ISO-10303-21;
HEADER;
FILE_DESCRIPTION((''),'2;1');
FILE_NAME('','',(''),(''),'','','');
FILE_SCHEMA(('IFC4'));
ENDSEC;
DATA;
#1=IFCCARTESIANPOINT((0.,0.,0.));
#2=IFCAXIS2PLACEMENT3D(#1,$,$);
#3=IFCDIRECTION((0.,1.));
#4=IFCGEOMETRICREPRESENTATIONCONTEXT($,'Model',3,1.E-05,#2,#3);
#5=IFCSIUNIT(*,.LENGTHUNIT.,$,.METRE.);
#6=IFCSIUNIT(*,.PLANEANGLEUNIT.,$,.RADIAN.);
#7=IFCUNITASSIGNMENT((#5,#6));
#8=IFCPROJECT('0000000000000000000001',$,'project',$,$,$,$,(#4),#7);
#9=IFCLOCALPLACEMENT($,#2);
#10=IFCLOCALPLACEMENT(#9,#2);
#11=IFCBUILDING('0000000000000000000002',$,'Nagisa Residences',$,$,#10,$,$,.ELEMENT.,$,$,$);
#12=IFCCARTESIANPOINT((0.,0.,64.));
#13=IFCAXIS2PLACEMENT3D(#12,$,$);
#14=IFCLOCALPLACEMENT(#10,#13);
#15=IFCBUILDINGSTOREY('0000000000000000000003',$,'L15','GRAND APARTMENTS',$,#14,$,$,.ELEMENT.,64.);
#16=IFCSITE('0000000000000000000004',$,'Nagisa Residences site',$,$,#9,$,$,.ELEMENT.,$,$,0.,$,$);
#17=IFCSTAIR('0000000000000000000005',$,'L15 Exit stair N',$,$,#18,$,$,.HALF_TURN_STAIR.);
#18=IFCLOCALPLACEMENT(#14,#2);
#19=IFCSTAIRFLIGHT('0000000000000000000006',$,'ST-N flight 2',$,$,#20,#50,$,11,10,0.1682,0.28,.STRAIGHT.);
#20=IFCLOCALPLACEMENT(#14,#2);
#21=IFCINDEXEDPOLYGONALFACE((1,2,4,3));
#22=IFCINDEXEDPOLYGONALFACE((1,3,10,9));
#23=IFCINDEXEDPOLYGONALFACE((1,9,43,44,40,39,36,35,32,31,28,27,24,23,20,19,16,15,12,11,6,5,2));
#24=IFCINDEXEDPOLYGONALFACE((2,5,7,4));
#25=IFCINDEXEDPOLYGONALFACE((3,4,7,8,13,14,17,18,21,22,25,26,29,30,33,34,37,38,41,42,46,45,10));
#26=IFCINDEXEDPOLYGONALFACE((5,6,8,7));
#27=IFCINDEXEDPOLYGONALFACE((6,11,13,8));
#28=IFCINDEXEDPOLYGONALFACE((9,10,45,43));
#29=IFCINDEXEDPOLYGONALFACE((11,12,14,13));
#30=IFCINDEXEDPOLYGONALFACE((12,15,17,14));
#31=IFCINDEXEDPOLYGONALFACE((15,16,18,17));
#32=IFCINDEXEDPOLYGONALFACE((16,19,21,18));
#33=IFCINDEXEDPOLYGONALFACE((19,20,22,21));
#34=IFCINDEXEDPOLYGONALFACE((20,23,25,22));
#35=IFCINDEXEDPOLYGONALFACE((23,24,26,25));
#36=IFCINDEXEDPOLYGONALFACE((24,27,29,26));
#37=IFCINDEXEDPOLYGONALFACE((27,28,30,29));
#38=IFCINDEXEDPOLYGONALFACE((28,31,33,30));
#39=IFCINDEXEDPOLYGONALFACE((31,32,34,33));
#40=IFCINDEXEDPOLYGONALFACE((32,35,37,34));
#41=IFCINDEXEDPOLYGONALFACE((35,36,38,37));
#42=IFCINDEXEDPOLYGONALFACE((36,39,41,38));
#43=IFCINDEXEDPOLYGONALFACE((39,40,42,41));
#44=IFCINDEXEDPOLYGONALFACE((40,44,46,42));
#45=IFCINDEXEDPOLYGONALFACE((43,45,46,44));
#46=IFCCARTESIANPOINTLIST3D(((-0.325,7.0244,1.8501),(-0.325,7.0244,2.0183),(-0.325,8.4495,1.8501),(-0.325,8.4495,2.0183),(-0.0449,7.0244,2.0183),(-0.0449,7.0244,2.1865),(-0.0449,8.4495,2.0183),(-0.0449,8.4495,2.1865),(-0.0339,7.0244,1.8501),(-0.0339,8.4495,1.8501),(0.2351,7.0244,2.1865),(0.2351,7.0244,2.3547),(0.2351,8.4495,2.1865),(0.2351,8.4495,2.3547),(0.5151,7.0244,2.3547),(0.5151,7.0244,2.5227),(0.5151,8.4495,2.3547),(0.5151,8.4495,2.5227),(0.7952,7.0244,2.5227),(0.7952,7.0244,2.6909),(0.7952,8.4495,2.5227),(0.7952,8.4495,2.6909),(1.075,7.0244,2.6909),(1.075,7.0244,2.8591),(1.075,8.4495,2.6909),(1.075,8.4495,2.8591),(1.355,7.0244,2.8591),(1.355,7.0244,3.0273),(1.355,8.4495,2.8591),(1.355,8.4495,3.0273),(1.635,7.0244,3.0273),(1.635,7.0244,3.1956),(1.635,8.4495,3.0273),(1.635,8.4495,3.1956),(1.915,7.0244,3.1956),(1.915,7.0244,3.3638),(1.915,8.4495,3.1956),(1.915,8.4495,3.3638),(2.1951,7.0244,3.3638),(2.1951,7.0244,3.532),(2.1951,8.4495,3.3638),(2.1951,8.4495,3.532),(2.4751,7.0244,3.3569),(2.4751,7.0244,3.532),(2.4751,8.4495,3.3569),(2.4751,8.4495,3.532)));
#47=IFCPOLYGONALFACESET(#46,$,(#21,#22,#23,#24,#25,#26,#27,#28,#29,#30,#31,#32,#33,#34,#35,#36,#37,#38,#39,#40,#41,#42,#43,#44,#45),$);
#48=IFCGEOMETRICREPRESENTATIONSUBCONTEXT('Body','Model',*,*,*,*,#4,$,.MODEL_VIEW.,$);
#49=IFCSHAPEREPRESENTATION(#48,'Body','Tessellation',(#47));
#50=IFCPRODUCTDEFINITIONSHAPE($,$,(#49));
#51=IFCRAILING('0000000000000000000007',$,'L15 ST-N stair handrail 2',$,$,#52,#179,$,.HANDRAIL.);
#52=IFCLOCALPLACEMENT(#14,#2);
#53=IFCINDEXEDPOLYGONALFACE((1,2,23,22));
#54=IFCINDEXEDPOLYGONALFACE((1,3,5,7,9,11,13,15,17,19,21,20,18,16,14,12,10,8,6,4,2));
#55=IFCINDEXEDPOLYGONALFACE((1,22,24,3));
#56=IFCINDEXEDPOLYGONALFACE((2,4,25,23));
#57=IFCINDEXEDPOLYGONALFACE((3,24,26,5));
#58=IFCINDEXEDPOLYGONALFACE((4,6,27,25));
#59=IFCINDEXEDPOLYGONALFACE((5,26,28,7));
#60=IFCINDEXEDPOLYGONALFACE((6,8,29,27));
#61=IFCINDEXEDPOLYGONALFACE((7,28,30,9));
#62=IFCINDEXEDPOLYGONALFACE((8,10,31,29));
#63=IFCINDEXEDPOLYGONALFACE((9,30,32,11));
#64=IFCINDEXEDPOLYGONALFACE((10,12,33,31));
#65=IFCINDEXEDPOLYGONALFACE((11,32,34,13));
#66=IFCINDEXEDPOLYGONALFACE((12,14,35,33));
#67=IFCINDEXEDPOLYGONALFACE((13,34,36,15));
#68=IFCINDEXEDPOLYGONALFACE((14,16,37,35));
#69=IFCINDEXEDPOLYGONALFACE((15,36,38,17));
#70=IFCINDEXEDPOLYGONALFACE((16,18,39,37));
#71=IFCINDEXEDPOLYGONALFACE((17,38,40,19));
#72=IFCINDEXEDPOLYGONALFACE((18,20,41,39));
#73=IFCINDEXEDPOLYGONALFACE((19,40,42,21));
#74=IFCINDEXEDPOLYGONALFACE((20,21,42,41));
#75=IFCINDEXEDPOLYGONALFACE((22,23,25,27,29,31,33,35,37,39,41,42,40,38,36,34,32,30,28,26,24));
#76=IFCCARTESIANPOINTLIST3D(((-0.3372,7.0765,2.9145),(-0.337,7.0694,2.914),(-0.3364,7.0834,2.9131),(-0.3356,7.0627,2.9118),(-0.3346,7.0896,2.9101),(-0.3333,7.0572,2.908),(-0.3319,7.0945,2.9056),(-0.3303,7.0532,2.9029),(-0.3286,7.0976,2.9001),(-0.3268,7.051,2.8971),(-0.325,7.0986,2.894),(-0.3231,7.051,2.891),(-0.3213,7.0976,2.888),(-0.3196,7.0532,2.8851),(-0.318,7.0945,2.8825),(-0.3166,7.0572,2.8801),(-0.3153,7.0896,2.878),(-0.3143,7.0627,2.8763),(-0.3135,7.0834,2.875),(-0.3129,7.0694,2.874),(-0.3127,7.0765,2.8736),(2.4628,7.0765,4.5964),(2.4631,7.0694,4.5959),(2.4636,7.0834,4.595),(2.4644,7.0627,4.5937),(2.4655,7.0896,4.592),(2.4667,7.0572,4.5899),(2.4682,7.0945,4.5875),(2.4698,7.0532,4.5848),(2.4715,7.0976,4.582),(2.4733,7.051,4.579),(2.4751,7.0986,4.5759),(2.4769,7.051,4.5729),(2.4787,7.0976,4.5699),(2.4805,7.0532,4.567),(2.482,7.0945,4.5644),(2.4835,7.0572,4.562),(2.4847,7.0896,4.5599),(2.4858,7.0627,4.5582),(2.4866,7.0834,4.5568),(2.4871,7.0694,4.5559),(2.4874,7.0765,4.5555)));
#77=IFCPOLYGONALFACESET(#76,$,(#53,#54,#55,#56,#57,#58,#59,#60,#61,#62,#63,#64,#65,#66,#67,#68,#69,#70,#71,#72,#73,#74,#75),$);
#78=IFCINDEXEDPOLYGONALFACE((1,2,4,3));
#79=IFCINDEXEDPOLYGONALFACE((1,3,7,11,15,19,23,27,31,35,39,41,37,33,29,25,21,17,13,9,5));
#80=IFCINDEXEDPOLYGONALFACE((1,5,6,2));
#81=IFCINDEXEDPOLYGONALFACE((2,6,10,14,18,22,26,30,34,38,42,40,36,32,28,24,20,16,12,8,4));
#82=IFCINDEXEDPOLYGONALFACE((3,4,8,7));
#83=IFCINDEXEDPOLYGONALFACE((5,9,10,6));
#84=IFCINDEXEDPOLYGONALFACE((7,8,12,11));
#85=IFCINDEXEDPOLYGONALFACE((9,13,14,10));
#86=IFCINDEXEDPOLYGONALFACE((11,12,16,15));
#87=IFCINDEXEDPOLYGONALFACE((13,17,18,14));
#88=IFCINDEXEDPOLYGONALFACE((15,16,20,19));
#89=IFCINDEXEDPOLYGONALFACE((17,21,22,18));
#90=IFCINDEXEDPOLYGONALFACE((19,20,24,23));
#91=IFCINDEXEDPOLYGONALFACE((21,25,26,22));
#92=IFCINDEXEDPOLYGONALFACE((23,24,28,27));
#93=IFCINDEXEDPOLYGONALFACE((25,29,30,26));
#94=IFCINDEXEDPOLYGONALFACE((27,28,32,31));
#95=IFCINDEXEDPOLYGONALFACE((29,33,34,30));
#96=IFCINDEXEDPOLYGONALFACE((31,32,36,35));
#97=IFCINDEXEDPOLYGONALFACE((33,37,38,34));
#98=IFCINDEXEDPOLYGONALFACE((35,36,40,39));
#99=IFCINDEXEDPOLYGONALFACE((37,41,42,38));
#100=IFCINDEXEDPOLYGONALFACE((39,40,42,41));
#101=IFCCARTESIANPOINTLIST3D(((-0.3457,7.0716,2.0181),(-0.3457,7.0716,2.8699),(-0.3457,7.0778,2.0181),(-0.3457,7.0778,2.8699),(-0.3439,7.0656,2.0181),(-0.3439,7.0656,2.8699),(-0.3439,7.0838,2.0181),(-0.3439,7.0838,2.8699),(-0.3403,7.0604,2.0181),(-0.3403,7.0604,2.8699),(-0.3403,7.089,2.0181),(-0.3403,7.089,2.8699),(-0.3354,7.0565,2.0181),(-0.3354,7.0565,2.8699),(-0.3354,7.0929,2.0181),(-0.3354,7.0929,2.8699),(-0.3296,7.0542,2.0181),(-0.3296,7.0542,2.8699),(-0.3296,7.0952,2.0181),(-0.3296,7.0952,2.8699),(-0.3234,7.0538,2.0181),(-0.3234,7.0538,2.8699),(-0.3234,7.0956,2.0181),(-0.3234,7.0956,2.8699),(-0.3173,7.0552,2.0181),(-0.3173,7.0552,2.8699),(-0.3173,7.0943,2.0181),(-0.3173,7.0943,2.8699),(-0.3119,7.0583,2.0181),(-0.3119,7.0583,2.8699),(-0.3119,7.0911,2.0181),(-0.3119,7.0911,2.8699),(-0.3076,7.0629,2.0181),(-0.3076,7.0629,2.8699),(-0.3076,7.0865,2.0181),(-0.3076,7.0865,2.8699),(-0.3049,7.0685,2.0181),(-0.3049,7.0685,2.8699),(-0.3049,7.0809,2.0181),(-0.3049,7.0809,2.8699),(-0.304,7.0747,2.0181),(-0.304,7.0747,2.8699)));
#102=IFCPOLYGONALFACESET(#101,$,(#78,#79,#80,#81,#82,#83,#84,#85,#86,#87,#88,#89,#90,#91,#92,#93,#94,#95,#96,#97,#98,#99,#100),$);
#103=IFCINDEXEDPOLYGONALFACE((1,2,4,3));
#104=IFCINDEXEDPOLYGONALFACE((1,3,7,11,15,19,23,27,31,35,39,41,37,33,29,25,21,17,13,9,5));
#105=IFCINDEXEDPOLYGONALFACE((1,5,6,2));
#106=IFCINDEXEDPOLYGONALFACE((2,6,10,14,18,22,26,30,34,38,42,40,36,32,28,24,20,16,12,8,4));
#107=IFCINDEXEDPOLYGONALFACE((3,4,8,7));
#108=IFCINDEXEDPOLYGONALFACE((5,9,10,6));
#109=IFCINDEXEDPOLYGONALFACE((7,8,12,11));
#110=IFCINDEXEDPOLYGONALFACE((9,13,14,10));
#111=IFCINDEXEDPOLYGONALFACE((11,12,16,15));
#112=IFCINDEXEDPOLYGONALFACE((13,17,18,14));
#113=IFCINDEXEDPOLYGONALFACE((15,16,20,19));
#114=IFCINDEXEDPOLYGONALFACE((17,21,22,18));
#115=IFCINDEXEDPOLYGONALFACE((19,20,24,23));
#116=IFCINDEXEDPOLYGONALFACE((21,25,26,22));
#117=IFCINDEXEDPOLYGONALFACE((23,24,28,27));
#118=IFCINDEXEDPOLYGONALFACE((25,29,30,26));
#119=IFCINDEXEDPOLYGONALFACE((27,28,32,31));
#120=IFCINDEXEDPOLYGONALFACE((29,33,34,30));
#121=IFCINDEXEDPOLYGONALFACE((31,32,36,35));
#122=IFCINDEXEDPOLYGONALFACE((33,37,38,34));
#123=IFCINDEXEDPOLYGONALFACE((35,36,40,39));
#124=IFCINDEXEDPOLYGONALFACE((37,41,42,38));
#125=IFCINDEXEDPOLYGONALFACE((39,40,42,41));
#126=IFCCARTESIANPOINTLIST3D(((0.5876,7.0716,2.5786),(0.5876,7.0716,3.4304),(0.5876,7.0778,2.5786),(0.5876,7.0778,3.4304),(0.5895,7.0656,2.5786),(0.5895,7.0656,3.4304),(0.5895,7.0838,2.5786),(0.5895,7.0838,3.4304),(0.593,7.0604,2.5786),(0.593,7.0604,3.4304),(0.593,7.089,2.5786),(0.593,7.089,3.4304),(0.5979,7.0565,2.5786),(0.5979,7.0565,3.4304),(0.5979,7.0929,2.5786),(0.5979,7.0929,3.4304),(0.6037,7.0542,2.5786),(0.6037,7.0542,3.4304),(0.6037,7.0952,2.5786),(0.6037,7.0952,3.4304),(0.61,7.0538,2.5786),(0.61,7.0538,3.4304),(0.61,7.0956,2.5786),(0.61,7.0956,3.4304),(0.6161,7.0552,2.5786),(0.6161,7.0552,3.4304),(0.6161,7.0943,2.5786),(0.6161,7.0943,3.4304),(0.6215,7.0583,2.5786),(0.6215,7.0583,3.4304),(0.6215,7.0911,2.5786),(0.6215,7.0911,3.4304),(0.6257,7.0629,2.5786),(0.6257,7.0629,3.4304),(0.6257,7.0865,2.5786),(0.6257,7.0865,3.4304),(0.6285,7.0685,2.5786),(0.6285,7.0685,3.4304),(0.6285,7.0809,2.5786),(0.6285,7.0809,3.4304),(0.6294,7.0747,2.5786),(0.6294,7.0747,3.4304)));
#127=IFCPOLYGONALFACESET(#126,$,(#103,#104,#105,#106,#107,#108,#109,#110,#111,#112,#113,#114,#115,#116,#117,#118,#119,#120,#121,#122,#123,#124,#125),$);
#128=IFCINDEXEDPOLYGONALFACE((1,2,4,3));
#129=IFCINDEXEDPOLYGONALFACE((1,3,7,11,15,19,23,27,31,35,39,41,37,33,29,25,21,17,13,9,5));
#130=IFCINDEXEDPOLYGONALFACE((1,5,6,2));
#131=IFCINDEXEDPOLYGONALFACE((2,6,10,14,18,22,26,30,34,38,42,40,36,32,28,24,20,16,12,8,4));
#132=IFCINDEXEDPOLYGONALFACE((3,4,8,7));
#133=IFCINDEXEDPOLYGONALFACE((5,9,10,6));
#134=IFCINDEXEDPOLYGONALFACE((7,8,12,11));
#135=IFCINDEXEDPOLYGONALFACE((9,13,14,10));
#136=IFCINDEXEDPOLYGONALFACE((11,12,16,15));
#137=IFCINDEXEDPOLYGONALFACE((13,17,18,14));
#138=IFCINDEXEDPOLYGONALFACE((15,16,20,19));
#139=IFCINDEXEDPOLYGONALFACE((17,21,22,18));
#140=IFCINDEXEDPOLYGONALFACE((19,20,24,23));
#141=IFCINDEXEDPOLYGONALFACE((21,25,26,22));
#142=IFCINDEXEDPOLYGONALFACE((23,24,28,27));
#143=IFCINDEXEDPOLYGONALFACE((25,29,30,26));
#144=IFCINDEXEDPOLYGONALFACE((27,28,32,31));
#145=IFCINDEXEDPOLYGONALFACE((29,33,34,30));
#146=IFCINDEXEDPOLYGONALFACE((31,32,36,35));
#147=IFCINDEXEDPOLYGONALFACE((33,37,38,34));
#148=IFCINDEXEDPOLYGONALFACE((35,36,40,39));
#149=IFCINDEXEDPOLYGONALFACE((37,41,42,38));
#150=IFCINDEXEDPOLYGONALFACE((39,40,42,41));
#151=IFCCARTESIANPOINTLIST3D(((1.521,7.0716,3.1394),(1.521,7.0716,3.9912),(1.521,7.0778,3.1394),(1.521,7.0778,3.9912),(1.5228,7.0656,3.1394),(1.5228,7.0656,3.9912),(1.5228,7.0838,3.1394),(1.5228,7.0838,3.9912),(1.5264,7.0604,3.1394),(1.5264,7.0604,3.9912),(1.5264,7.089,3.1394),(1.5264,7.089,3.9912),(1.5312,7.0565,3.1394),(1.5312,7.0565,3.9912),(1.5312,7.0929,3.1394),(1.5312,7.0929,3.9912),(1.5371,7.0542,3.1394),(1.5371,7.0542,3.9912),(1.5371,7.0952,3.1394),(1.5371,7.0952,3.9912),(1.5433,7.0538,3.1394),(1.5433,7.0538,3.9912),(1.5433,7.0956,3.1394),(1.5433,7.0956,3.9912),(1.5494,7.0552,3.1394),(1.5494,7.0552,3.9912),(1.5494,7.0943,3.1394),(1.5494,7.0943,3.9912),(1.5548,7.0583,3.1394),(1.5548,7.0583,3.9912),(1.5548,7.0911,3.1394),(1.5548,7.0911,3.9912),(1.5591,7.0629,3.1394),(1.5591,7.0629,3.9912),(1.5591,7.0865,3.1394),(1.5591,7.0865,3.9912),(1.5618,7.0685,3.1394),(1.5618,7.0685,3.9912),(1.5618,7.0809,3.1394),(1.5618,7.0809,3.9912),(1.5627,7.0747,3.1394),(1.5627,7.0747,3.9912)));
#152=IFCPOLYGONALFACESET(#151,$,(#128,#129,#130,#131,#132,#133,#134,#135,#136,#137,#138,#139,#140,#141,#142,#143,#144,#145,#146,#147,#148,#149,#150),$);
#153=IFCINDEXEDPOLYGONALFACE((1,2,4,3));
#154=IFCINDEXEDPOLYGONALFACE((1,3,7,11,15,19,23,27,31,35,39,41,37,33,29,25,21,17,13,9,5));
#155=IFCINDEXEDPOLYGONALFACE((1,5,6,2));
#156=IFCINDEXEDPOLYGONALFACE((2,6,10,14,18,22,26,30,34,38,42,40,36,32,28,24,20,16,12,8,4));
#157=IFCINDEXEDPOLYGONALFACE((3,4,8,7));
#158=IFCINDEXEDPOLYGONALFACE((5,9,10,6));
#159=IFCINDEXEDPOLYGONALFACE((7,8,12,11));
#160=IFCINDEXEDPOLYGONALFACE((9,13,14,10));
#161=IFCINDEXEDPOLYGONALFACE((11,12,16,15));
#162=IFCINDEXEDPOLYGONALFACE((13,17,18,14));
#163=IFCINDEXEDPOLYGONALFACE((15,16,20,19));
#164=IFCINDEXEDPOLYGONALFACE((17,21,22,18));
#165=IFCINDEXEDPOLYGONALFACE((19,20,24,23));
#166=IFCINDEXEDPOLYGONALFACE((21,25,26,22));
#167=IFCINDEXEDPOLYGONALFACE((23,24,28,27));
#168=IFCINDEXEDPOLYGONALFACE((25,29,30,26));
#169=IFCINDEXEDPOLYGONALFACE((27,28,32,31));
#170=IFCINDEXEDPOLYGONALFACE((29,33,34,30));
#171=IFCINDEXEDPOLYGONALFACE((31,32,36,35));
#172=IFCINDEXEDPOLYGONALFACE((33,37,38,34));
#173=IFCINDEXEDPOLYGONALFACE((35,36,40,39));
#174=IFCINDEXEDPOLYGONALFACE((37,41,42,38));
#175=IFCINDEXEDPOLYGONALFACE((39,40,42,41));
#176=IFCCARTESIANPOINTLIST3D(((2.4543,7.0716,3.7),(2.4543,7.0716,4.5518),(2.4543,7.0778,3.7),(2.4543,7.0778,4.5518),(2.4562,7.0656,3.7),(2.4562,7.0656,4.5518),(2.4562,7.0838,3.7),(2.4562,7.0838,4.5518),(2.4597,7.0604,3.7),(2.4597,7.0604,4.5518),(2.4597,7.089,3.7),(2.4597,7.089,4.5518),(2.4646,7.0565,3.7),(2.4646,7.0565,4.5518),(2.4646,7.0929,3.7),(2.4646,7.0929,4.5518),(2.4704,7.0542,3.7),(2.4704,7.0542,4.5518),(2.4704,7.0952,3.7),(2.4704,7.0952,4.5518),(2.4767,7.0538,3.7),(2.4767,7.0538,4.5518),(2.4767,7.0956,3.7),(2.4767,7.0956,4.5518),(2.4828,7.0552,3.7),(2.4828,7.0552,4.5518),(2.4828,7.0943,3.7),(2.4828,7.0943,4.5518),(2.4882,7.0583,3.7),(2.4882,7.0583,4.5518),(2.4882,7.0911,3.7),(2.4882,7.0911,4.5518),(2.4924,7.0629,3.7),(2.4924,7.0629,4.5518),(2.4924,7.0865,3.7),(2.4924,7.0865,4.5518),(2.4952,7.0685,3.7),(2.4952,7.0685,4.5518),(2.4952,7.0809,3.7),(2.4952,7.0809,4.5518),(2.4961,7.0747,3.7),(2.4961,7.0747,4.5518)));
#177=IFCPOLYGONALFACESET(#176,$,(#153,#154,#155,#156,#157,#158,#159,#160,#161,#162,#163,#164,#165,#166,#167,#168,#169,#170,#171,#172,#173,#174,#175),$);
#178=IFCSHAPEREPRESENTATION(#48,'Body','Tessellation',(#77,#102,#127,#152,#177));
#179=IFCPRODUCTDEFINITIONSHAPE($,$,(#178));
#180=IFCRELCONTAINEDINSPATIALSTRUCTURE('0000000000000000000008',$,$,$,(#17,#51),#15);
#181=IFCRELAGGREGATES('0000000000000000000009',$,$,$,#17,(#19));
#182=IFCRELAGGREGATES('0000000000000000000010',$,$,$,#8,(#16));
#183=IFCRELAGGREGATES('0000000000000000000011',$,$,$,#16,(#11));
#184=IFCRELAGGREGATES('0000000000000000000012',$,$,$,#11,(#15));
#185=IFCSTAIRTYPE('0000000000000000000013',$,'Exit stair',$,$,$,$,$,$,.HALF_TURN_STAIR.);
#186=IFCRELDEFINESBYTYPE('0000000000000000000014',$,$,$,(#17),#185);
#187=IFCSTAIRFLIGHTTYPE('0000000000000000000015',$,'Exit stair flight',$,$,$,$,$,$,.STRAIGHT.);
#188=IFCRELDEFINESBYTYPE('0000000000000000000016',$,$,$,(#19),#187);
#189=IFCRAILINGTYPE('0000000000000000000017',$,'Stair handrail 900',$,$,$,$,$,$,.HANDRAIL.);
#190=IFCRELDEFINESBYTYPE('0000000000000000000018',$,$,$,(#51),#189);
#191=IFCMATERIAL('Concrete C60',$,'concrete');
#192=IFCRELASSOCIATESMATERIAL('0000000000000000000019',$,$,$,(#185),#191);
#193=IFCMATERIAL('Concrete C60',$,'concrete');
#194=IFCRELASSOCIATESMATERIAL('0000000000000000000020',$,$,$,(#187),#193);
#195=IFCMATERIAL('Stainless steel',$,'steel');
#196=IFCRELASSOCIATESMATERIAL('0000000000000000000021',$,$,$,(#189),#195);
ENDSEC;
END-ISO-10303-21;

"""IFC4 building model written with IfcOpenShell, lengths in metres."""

from ifc_helpers import new_model, si_unit, direction, frame, origin, origin_2d, place, context, subcontext, project, spatial, polyline, circle, outline, extrude, material, type_object, element, aggregate, save


model = new_model("IFC4")

# Units and contexts
model_context = context("Model", 3, precision=1e-05, world=origin(), true_north=direction((0.0, 1.0)))
body_context = subcontext(model_context, "Body", "Model", "MODEL_VIEW")
ifc_project = project(units=[si_unit("LENGTHUNIT", "METRE"), si_unit("PLANEANGLEUNIT", "RADIAN")], contexts=[model_context])

# Site, building, storey
site_placement = place(None, origin())
site = spatial("IfcSite", under=ifc_project, at=site_placement, Name="Nagisa Residences site", CompositionType="ELEMENT", RefElevation=0.0)
building_placement = place(site_placement, origin())
building = spatial("IfcBuilding", under=site, at=building_placement, Name="Nagisa Residences", CompositionType="ELEMENT")
storey_placement = place(building_placement, frame((0.0, 0.0, 64.0)))
storey = spatial("IfcBuildingStorey", under=building, at=storey_placement, Name="L15", Description="GRAND APARTMENTS", CompositionType="ELEMENT", Elevation=64.0)

# Stair
ifc_material_1 = material(Name="Concrete C60", Category="concrete")
stair_type = type_object("IfcStairType", Name="Exit stair", PredefinedType="HALF_TURN_STAIR", material=ifc_material_1)
stair_1_placement = place(storey_placement, origin())
stair_1 = element("IfcStair", 1, at=stair_1_placement, inside=storey, type_object=stair_type, Name="L15 Exit stair N", PredefinedType="HALF_TURN_STAIR")

# Stair flight
ifc_material_2 = material(Name="Concrete C60", Category="concrete")
stair_flight_type = type_object("IfcStairFlightType", Name="Exit stair flight", PredefinedType="STRAIGHT", material=ifc_material_2)
stair_flight_placement = place(storey_placement, frame((-0.325, 7.7371, 1.8501), z_axis=(0.0, 0.0, 1.0), x_axis=(1.0, 0.0, 0.0)))
stair_flight = element("IfcStairFlight", 2, at=stair_flight_placement, type_object=stair_flight_type, Name="ST-N flight 2", NumberOfRisers=11, NumberOfTreads=10, PredefinedType="STRAIGHT", RiserHeight=0.1682, TreadLength=0.28, context=body_context, shape_type="SweptSolid", body=[
    extrude(outline(polyline([(0.0, 0.0), (0.0, 0.1682), (0.28, 0.1682), (0.28, 0.3364), (0.5601, 0.3364), (0.5601, 0.5046), (0.8401, 0.5046), (0.8401, 0.6726), (1.1201, 0.6726), (1.1201, 0.8408), (1.3999, 0.8408), (1.3999, 1.009), (1.6799, 1.009), (1.6799, 1.1772), (1.96, 1.1772), (1.96, 1.3455), (2.24, 1.3455), (2.24, 1.5137), (2.52, 1.5137), (2.52, 1.6819), (2.8, 1.6819), (2.8, 1.8501), (2.8, 1.5068), (0.291, 0.0), (0.0, 0.0)])), frame((0.0, 0.7124, 0.0), z_axis=(0.0, -1.0, 0.0), x_axis=(1.0, 0.0, 0.0)), (0.0, 0.0, 1.0), 1.425),
])
aggregate(stair_1, [stair_flight])

# Railing
ifc_material_3 = material(Name="Stainless steel", Category="steel")
railing_type = type_object("IfcRailingType", Name="Stair handrail 900", PredefinedType="HANDRAIL", material=ifc_material_3)
railing_placement = place(storey_placement, frame((-0.325, 7.0747, 2.0181)))
element("IfcRailing", 3, at=railing_placement, inside=storey, type_object=railing_type, Name="L15 ST-N stair handrail 2", PredefinedType="HANDRAIL", context=body_context, shape_type="SweptSolid", body=[
    extrude(circle(Radius=0.0239, at=origin_2d()), frame((0.0, 0.0, 0.876), z_axis=(0.857242, 0.0, 0.514913), x_axis=(0.0, 1.0, 0.0)), (0.0, 0.0, 1.0), 3.2664),
    extrude(circle(Radius=0.021, at=origin_2d()), origin(), (0.0, 0.0, 1.0), 0.8518),
    extrude(circle(Radius=0.021, at=origin_2d()), frame((0.9333, 0.0, 0.5605)), (0.0, 0.0, 1.0), 0.8518),
    extrude(circle(Radius=0.021, at=origin_2d()), frame((1.8667, 0.0, 1.1213)), (0.0, 0.0, 1.0), 0.8518),
    extrude(circle(Radius=0.021, at=origin_2d()), frame((2.8, 0.0, 1.6819)), (0.0, 0.0, 1.0), 0.8518),
])

save(model, "model.ifc")
